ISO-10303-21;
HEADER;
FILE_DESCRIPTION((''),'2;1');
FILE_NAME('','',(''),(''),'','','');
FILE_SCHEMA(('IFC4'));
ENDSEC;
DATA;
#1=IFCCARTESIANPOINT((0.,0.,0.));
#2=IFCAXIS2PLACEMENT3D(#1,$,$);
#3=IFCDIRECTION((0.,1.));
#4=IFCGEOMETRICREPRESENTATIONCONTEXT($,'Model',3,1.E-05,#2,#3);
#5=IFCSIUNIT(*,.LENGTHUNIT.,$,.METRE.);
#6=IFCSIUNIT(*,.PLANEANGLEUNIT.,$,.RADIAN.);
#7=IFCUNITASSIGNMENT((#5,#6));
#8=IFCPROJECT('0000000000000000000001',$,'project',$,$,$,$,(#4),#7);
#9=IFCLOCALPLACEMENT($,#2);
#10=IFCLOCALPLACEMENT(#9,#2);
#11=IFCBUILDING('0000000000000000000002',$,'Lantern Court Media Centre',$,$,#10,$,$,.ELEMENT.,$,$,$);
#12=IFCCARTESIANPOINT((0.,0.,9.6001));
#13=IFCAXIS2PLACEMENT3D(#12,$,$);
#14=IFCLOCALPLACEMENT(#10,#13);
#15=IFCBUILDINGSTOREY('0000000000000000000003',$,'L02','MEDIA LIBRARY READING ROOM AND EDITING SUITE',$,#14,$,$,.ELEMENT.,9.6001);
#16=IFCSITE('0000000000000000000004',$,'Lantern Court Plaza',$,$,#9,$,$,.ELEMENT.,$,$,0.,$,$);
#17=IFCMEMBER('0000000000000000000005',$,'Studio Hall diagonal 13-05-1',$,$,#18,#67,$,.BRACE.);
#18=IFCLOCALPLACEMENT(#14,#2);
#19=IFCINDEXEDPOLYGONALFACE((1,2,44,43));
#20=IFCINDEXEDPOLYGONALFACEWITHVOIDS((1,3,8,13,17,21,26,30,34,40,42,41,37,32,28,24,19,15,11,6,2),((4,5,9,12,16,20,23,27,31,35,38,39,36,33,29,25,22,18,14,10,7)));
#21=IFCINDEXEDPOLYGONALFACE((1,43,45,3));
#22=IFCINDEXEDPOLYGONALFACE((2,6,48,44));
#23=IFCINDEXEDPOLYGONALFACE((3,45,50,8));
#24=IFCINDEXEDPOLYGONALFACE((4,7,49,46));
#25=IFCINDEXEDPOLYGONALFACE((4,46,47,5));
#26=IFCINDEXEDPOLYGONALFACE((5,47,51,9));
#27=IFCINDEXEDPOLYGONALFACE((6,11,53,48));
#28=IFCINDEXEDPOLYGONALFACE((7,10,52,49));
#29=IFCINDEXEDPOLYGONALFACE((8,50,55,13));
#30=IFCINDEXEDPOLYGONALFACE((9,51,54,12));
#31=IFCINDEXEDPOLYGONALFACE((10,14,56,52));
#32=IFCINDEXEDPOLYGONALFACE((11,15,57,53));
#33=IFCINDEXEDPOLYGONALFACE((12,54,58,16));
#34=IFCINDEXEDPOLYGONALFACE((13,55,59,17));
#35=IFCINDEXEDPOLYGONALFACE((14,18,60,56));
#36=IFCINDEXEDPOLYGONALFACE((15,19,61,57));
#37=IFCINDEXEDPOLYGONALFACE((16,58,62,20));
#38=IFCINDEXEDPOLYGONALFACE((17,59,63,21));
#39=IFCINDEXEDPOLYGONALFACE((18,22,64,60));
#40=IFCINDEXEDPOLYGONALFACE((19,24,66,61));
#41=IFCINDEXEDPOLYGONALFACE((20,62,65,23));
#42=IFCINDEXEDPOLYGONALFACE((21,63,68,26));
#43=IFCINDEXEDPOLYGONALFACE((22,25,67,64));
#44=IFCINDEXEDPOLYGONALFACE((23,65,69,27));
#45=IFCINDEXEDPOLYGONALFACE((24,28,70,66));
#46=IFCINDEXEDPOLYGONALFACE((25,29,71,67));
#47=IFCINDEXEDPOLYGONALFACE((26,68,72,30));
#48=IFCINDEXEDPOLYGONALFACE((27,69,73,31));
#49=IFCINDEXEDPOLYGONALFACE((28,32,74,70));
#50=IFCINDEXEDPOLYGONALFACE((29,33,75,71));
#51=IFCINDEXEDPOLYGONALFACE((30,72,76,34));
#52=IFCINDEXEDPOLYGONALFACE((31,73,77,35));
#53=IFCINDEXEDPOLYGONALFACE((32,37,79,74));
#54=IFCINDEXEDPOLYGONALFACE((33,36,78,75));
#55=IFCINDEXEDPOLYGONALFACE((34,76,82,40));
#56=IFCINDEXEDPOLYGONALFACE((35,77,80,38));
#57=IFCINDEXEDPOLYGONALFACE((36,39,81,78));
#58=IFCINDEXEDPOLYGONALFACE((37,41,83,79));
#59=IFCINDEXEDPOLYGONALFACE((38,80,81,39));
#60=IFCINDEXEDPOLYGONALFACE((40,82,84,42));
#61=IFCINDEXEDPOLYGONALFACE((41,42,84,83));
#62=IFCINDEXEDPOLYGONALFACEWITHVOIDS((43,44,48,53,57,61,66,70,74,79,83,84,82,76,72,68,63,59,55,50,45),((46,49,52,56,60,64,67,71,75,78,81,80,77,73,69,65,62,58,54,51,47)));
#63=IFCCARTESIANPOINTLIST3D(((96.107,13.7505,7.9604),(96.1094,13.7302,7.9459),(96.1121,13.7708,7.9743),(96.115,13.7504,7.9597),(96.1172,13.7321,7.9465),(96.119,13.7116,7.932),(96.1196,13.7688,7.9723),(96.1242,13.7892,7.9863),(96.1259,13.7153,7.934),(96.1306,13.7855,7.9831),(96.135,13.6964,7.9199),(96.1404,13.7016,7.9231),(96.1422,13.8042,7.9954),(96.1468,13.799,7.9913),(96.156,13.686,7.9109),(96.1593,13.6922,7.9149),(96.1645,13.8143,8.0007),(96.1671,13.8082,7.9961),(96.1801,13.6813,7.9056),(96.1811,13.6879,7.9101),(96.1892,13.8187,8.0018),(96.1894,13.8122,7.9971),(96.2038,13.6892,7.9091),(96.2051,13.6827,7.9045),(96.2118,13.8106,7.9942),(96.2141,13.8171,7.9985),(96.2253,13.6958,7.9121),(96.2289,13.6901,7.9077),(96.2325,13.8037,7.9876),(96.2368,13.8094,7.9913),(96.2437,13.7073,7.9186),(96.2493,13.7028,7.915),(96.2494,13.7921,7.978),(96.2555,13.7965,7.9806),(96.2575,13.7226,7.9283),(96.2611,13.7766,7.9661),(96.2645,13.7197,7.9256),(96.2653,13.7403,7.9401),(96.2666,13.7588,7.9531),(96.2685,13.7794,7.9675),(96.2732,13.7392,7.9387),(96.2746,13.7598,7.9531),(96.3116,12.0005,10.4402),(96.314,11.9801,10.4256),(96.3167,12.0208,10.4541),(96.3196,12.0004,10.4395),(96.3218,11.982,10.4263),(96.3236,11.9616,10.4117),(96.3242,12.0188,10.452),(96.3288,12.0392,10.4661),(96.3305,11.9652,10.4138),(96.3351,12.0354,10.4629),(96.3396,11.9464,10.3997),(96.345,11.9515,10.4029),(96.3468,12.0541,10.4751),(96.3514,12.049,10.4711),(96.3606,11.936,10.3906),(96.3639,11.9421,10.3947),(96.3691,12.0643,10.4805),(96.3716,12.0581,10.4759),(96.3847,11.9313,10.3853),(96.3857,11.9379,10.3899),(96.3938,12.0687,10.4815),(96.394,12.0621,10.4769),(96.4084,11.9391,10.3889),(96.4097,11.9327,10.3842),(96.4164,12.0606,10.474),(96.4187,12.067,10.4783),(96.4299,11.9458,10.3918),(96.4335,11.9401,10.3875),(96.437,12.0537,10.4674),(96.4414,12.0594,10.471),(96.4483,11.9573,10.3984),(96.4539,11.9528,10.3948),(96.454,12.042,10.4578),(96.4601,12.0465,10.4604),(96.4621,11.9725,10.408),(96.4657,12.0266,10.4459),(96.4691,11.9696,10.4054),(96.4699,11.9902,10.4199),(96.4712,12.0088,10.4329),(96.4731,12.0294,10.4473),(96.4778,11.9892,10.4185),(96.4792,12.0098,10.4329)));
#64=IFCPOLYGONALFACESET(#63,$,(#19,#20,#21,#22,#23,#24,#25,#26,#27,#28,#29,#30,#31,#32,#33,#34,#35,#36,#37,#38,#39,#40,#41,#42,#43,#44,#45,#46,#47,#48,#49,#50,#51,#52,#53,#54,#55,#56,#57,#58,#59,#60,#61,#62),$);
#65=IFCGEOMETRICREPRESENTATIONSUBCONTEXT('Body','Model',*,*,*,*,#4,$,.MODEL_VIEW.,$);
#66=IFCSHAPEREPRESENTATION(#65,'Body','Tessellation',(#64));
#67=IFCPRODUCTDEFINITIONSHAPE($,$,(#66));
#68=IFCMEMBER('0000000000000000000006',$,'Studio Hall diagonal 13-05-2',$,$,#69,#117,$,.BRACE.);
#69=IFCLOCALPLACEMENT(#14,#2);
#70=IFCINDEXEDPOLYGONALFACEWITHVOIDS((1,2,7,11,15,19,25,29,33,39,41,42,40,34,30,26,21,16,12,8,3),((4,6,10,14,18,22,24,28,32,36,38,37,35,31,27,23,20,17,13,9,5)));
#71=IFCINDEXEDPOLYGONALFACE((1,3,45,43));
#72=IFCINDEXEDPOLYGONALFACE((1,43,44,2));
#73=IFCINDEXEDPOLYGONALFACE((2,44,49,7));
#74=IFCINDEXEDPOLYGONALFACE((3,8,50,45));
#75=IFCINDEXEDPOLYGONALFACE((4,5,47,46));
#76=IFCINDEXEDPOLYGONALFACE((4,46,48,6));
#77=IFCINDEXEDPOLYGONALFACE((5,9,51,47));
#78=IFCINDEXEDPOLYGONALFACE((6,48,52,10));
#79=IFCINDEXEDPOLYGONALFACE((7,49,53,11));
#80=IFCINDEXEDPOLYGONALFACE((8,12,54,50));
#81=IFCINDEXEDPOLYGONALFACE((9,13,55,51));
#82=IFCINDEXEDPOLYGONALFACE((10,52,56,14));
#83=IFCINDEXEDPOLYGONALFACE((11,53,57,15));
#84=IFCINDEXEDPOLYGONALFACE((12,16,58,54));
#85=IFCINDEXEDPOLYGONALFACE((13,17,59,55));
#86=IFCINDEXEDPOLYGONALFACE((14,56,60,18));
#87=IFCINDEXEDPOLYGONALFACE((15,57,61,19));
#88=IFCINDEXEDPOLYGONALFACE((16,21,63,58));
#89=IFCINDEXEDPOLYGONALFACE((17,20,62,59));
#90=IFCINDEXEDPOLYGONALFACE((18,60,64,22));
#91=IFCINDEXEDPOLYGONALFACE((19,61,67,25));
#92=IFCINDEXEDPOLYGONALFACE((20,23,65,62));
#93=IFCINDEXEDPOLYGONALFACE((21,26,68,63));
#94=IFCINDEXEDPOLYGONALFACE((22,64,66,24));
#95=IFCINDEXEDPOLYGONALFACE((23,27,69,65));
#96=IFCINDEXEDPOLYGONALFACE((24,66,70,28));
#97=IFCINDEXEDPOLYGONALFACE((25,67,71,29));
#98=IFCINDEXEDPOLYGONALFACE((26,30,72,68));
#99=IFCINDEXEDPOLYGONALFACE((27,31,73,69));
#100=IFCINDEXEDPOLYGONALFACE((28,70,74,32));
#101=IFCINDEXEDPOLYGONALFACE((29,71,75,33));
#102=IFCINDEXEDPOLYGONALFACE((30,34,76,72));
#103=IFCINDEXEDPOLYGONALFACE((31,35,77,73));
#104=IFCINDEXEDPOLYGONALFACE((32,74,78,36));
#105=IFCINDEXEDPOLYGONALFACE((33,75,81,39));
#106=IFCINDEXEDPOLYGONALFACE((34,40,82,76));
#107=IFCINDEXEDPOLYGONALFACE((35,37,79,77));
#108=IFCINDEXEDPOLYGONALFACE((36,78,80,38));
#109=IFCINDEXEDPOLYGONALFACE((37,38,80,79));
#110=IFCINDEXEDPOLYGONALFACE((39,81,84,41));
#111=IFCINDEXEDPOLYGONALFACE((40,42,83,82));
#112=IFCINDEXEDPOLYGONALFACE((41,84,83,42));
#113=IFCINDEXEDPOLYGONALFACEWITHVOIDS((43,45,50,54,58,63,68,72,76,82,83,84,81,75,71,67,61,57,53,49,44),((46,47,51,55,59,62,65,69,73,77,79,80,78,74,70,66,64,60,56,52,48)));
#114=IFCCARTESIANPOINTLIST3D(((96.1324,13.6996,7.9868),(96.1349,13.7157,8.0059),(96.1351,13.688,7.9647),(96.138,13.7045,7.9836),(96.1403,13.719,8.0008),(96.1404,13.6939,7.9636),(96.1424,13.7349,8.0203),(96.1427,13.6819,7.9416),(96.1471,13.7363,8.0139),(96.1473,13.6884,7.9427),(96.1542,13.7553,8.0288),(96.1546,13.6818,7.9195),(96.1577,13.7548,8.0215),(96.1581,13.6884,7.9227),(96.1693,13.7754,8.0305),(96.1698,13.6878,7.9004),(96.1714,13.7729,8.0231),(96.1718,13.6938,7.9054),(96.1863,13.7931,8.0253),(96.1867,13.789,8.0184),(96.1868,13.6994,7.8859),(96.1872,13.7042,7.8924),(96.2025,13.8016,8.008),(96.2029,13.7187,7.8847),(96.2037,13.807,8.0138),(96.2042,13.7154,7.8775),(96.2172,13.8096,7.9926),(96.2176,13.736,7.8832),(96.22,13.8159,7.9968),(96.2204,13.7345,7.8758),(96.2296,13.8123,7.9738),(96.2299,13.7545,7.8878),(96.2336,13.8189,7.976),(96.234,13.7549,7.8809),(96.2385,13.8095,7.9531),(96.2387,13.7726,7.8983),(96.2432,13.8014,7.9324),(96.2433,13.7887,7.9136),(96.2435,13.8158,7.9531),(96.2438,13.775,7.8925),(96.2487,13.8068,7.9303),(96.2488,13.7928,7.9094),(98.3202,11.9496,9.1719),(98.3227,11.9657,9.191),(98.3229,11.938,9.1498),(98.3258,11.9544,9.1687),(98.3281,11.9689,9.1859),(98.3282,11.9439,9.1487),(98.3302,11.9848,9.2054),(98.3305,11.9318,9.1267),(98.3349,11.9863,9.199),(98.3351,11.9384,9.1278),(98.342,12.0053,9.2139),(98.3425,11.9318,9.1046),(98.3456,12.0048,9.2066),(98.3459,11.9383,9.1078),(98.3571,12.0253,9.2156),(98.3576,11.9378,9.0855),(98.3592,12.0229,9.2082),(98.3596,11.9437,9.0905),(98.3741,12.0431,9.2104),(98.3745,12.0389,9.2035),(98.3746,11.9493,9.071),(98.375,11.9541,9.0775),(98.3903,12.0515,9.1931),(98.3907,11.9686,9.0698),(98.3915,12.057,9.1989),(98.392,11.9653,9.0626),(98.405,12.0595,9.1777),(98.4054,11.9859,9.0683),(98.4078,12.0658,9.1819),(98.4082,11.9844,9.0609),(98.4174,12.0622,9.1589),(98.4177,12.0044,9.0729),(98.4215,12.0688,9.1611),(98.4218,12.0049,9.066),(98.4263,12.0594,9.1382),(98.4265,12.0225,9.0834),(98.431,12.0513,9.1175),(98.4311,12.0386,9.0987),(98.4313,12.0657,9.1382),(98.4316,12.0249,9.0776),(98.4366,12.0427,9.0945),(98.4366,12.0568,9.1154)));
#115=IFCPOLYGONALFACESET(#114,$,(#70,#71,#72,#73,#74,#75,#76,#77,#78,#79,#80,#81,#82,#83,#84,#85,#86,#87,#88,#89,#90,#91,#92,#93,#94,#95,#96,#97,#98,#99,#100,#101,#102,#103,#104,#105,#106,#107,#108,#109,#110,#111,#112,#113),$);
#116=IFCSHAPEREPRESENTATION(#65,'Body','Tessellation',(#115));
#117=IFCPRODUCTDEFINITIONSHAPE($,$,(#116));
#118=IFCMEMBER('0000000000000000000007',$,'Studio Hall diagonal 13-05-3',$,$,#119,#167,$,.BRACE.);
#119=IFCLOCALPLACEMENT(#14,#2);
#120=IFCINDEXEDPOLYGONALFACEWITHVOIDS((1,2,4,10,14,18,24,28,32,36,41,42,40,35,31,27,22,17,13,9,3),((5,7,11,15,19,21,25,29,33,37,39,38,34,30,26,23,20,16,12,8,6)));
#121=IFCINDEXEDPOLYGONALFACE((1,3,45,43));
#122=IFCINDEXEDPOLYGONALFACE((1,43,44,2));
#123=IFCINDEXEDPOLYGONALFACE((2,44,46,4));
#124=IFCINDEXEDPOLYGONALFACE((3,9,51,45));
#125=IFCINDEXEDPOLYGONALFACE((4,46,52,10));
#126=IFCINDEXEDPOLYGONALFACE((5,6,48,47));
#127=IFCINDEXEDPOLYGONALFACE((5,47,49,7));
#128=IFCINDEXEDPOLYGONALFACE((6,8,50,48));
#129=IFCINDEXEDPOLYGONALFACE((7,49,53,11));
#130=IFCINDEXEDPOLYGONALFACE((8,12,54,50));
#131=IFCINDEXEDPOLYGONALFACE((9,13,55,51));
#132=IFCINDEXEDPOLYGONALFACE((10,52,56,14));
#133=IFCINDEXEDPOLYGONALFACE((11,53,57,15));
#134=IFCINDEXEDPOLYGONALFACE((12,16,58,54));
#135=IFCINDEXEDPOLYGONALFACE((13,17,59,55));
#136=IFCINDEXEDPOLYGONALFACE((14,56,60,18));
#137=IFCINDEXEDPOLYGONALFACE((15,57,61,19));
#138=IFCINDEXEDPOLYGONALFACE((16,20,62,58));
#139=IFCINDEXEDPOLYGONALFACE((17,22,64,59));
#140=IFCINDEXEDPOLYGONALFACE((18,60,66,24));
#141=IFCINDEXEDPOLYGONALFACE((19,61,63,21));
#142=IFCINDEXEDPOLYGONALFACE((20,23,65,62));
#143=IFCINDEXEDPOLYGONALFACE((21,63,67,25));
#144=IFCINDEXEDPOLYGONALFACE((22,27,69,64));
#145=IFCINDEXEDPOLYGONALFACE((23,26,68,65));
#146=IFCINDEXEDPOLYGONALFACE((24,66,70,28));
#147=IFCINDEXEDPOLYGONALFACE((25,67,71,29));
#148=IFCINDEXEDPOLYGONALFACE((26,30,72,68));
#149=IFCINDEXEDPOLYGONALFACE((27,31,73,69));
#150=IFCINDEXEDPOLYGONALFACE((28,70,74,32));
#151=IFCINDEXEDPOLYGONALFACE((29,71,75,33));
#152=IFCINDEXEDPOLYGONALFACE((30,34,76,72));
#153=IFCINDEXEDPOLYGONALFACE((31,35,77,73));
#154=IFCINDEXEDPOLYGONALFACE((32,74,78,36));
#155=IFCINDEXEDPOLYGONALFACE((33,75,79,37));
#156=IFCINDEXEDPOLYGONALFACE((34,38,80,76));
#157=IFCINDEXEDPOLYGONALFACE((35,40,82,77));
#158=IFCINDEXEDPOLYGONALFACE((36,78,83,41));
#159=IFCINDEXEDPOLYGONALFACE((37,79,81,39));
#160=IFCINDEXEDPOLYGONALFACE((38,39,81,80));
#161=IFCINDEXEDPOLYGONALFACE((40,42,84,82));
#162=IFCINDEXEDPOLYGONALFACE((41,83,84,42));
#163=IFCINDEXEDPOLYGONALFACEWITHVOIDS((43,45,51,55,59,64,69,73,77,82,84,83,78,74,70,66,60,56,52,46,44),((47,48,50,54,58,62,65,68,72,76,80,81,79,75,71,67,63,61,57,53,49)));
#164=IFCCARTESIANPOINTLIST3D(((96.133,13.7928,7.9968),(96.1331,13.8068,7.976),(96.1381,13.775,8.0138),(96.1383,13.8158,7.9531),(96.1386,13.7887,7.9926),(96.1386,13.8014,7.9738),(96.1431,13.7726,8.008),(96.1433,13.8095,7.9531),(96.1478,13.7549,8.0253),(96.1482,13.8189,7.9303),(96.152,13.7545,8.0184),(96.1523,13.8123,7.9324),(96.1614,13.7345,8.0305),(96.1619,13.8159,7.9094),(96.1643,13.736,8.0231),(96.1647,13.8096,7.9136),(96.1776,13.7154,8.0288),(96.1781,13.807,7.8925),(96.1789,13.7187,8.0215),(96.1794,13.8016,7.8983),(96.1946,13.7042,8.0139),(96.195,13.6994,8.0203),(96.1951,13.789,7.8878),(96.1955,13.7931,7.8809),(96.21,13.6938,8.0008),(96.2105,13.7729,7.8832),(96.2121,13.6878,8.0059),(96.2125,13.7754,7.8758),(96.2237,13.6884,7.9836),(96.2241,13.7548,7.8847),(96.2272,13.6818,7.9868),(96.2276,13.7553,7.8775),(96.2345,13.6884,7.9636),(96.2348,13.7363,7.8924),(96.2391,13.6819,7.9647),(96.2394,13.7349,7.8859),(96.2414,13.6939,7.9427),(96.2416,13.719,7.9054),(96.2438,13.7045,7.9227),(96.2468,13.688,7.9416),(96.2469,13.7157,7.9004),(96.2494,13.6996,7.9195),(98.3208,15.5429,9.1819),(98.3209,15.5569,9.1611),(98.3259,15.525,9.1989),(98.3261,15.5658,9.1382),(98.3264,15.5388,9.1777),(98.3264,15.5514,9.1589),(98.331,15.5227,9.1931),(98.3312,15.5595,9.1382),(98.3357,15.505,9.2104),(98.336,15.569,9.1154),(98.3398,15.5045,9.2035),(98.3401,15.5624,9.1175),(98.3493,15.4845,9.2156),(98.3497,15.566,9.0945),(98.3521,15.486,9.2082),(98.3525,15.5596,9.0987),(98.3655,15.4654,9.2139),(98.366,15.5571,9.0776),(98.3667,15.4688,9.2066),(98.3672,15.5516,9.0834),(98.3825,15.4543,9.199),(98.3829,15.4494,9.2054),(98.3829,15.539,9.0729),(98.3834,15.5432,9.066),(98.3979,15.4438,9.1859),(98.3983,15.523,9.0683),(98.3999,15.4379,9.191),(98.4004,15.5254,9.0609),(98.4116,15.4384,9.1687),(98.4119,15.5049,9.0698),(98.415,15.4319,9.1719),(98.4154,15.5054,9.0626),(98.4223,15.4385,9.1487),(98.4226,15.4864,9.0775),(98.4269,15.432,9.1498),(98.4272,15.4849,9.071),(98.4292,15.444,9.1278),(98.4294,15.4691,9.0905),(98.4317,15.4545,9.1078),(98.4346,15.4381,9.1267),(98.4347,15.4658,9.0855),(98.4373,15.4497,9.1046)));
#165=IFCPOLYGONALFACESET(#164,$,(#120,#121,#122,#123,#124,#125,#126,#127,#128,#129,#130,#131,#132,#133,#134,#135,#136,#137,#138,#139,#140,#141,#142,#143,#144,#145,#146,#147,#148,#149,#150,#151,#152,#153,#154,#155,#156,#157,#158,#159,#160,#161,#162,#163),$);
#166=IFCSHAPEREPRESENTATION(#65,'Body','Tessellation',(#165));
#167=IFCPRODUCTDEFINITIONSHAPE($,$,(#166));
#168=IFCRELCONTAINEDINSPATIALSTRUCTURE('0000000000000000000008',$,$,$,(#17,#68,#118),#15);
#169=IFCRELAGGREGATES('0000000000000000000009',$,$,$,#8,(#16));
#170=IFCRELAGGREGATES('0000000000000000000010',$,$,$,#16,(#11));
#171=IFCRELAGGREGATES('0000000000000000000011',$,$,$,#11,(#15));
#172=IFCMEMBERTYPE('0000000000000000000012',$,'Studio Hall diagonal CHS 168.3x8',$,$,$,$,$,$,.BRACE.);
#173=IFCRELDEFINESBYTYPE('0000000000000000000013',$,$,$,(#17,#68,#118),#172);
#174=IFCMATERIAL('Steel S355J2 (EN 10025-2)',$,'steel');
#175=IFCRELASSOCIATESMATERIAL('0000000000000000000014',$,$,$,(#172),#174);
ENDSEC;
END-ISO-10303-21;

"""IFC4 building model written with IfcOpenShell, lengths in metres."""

from ifc_helpers import new_model, si_unit, direction, frame, origin, origin_2d, place, context, subcontext, project, spatial, hollow_circle, extrude, material, material_profile, profile_set, type_object, element, save


model = new_model("IFC4")

# Units and contexts
model_context = context("Model", 3, precision=1e-05, world=origin(), true_north=direction((0.0, 1.0)))
body_context = subcontext(model_context, "Body", "Model", "MODEL_VIEW")
ifc_project = project(units=[si_unit("LENGTHUNIT", "METRE"), si_unit("PLANEANGLEUNIT", "RADIAN")], contexts=[model_context])

# Site, building, storey
site_placement = place(None, origin())
site = spatial("IfcSite", under=ifc_project, at=site_placement, Name="Lantern Court Plaza", CompositionType="ELEMENT", RefElevation=0.0)
building_placement = place(site_placement, origin())
building = spatial("IfcBuilding", under=site, at=building_placement, Name="Lantern Court Media Centre", CompositionType="ELEMENT")
storey_placement = place(building_placement, frame((0.0, 0.0, 9.6001)))
storey = spatial("IfcBuildingStorey", under=building, at=storey_placement, Name="L02", Description="MEDIA LIBRARY READING ROOM AND EDITING SUITE", CompositionType="ELEMENT", Elevation=9.6001)

# Members
ifc_material = material(Name="Steel S355J2 (EN 10025-2)", Category="steel")
ifc_material_profile_1 = material_profile(ifc_material, hollow_circle(Radius=0.0842, WallThickness=0.0081, at=origin_2d()), Name="Studio Hall diagonal CHS 168.3x8")
ifc_profile_set_1 = profile_set([ifc_material_profile_1], Name="Steel S355J2 (EN 10025-2)")
member_type_1 = type_object("IfcMemberType", Name="Studio Hall diagonal CHS 168.3x8", PredefinedType="BRACE", material=ifc_profile_set_1)
for number, where, z_axis, x_axis, name in (
    (1, (96.1909, 13.75, 7.9531), (0.067256, -0.575289, 0.81518), (0.993235, 0.116118, 0.0), "Studio Hall diagonal 13-05-1"),
    (2, (96.1909, 13.75, 7.9531), (0.719206, -0.5753, 0.38958), (0.624653, 0.780903, 0.0), "Studio Hall diagonal 13-05-2"),
    (3, (96.1909, 13.75, 7.9531), (0.719206, 0.5753, 0.38958), (-0.624653, 0.780903, 0.0), "Studio Hall diagonal 13-05-3"),
):
    element("IfcMember", number, at=place(storey_placement, frame(where, z_axis=z_axis, x_axis=x_axis)), inside=storey, type_object=member_type_1, Name=name, PredefinedType="BRACE", context=body_context, shape_type="SweptSolid", body=[
        extrude(hollow_circle(Radius=0.0842, WallThickness=0.0081, at=origin_2d()), origin(), (0.0, 0.0, 1.0), 3.042),
    ])

save(model, "model.ifc")
